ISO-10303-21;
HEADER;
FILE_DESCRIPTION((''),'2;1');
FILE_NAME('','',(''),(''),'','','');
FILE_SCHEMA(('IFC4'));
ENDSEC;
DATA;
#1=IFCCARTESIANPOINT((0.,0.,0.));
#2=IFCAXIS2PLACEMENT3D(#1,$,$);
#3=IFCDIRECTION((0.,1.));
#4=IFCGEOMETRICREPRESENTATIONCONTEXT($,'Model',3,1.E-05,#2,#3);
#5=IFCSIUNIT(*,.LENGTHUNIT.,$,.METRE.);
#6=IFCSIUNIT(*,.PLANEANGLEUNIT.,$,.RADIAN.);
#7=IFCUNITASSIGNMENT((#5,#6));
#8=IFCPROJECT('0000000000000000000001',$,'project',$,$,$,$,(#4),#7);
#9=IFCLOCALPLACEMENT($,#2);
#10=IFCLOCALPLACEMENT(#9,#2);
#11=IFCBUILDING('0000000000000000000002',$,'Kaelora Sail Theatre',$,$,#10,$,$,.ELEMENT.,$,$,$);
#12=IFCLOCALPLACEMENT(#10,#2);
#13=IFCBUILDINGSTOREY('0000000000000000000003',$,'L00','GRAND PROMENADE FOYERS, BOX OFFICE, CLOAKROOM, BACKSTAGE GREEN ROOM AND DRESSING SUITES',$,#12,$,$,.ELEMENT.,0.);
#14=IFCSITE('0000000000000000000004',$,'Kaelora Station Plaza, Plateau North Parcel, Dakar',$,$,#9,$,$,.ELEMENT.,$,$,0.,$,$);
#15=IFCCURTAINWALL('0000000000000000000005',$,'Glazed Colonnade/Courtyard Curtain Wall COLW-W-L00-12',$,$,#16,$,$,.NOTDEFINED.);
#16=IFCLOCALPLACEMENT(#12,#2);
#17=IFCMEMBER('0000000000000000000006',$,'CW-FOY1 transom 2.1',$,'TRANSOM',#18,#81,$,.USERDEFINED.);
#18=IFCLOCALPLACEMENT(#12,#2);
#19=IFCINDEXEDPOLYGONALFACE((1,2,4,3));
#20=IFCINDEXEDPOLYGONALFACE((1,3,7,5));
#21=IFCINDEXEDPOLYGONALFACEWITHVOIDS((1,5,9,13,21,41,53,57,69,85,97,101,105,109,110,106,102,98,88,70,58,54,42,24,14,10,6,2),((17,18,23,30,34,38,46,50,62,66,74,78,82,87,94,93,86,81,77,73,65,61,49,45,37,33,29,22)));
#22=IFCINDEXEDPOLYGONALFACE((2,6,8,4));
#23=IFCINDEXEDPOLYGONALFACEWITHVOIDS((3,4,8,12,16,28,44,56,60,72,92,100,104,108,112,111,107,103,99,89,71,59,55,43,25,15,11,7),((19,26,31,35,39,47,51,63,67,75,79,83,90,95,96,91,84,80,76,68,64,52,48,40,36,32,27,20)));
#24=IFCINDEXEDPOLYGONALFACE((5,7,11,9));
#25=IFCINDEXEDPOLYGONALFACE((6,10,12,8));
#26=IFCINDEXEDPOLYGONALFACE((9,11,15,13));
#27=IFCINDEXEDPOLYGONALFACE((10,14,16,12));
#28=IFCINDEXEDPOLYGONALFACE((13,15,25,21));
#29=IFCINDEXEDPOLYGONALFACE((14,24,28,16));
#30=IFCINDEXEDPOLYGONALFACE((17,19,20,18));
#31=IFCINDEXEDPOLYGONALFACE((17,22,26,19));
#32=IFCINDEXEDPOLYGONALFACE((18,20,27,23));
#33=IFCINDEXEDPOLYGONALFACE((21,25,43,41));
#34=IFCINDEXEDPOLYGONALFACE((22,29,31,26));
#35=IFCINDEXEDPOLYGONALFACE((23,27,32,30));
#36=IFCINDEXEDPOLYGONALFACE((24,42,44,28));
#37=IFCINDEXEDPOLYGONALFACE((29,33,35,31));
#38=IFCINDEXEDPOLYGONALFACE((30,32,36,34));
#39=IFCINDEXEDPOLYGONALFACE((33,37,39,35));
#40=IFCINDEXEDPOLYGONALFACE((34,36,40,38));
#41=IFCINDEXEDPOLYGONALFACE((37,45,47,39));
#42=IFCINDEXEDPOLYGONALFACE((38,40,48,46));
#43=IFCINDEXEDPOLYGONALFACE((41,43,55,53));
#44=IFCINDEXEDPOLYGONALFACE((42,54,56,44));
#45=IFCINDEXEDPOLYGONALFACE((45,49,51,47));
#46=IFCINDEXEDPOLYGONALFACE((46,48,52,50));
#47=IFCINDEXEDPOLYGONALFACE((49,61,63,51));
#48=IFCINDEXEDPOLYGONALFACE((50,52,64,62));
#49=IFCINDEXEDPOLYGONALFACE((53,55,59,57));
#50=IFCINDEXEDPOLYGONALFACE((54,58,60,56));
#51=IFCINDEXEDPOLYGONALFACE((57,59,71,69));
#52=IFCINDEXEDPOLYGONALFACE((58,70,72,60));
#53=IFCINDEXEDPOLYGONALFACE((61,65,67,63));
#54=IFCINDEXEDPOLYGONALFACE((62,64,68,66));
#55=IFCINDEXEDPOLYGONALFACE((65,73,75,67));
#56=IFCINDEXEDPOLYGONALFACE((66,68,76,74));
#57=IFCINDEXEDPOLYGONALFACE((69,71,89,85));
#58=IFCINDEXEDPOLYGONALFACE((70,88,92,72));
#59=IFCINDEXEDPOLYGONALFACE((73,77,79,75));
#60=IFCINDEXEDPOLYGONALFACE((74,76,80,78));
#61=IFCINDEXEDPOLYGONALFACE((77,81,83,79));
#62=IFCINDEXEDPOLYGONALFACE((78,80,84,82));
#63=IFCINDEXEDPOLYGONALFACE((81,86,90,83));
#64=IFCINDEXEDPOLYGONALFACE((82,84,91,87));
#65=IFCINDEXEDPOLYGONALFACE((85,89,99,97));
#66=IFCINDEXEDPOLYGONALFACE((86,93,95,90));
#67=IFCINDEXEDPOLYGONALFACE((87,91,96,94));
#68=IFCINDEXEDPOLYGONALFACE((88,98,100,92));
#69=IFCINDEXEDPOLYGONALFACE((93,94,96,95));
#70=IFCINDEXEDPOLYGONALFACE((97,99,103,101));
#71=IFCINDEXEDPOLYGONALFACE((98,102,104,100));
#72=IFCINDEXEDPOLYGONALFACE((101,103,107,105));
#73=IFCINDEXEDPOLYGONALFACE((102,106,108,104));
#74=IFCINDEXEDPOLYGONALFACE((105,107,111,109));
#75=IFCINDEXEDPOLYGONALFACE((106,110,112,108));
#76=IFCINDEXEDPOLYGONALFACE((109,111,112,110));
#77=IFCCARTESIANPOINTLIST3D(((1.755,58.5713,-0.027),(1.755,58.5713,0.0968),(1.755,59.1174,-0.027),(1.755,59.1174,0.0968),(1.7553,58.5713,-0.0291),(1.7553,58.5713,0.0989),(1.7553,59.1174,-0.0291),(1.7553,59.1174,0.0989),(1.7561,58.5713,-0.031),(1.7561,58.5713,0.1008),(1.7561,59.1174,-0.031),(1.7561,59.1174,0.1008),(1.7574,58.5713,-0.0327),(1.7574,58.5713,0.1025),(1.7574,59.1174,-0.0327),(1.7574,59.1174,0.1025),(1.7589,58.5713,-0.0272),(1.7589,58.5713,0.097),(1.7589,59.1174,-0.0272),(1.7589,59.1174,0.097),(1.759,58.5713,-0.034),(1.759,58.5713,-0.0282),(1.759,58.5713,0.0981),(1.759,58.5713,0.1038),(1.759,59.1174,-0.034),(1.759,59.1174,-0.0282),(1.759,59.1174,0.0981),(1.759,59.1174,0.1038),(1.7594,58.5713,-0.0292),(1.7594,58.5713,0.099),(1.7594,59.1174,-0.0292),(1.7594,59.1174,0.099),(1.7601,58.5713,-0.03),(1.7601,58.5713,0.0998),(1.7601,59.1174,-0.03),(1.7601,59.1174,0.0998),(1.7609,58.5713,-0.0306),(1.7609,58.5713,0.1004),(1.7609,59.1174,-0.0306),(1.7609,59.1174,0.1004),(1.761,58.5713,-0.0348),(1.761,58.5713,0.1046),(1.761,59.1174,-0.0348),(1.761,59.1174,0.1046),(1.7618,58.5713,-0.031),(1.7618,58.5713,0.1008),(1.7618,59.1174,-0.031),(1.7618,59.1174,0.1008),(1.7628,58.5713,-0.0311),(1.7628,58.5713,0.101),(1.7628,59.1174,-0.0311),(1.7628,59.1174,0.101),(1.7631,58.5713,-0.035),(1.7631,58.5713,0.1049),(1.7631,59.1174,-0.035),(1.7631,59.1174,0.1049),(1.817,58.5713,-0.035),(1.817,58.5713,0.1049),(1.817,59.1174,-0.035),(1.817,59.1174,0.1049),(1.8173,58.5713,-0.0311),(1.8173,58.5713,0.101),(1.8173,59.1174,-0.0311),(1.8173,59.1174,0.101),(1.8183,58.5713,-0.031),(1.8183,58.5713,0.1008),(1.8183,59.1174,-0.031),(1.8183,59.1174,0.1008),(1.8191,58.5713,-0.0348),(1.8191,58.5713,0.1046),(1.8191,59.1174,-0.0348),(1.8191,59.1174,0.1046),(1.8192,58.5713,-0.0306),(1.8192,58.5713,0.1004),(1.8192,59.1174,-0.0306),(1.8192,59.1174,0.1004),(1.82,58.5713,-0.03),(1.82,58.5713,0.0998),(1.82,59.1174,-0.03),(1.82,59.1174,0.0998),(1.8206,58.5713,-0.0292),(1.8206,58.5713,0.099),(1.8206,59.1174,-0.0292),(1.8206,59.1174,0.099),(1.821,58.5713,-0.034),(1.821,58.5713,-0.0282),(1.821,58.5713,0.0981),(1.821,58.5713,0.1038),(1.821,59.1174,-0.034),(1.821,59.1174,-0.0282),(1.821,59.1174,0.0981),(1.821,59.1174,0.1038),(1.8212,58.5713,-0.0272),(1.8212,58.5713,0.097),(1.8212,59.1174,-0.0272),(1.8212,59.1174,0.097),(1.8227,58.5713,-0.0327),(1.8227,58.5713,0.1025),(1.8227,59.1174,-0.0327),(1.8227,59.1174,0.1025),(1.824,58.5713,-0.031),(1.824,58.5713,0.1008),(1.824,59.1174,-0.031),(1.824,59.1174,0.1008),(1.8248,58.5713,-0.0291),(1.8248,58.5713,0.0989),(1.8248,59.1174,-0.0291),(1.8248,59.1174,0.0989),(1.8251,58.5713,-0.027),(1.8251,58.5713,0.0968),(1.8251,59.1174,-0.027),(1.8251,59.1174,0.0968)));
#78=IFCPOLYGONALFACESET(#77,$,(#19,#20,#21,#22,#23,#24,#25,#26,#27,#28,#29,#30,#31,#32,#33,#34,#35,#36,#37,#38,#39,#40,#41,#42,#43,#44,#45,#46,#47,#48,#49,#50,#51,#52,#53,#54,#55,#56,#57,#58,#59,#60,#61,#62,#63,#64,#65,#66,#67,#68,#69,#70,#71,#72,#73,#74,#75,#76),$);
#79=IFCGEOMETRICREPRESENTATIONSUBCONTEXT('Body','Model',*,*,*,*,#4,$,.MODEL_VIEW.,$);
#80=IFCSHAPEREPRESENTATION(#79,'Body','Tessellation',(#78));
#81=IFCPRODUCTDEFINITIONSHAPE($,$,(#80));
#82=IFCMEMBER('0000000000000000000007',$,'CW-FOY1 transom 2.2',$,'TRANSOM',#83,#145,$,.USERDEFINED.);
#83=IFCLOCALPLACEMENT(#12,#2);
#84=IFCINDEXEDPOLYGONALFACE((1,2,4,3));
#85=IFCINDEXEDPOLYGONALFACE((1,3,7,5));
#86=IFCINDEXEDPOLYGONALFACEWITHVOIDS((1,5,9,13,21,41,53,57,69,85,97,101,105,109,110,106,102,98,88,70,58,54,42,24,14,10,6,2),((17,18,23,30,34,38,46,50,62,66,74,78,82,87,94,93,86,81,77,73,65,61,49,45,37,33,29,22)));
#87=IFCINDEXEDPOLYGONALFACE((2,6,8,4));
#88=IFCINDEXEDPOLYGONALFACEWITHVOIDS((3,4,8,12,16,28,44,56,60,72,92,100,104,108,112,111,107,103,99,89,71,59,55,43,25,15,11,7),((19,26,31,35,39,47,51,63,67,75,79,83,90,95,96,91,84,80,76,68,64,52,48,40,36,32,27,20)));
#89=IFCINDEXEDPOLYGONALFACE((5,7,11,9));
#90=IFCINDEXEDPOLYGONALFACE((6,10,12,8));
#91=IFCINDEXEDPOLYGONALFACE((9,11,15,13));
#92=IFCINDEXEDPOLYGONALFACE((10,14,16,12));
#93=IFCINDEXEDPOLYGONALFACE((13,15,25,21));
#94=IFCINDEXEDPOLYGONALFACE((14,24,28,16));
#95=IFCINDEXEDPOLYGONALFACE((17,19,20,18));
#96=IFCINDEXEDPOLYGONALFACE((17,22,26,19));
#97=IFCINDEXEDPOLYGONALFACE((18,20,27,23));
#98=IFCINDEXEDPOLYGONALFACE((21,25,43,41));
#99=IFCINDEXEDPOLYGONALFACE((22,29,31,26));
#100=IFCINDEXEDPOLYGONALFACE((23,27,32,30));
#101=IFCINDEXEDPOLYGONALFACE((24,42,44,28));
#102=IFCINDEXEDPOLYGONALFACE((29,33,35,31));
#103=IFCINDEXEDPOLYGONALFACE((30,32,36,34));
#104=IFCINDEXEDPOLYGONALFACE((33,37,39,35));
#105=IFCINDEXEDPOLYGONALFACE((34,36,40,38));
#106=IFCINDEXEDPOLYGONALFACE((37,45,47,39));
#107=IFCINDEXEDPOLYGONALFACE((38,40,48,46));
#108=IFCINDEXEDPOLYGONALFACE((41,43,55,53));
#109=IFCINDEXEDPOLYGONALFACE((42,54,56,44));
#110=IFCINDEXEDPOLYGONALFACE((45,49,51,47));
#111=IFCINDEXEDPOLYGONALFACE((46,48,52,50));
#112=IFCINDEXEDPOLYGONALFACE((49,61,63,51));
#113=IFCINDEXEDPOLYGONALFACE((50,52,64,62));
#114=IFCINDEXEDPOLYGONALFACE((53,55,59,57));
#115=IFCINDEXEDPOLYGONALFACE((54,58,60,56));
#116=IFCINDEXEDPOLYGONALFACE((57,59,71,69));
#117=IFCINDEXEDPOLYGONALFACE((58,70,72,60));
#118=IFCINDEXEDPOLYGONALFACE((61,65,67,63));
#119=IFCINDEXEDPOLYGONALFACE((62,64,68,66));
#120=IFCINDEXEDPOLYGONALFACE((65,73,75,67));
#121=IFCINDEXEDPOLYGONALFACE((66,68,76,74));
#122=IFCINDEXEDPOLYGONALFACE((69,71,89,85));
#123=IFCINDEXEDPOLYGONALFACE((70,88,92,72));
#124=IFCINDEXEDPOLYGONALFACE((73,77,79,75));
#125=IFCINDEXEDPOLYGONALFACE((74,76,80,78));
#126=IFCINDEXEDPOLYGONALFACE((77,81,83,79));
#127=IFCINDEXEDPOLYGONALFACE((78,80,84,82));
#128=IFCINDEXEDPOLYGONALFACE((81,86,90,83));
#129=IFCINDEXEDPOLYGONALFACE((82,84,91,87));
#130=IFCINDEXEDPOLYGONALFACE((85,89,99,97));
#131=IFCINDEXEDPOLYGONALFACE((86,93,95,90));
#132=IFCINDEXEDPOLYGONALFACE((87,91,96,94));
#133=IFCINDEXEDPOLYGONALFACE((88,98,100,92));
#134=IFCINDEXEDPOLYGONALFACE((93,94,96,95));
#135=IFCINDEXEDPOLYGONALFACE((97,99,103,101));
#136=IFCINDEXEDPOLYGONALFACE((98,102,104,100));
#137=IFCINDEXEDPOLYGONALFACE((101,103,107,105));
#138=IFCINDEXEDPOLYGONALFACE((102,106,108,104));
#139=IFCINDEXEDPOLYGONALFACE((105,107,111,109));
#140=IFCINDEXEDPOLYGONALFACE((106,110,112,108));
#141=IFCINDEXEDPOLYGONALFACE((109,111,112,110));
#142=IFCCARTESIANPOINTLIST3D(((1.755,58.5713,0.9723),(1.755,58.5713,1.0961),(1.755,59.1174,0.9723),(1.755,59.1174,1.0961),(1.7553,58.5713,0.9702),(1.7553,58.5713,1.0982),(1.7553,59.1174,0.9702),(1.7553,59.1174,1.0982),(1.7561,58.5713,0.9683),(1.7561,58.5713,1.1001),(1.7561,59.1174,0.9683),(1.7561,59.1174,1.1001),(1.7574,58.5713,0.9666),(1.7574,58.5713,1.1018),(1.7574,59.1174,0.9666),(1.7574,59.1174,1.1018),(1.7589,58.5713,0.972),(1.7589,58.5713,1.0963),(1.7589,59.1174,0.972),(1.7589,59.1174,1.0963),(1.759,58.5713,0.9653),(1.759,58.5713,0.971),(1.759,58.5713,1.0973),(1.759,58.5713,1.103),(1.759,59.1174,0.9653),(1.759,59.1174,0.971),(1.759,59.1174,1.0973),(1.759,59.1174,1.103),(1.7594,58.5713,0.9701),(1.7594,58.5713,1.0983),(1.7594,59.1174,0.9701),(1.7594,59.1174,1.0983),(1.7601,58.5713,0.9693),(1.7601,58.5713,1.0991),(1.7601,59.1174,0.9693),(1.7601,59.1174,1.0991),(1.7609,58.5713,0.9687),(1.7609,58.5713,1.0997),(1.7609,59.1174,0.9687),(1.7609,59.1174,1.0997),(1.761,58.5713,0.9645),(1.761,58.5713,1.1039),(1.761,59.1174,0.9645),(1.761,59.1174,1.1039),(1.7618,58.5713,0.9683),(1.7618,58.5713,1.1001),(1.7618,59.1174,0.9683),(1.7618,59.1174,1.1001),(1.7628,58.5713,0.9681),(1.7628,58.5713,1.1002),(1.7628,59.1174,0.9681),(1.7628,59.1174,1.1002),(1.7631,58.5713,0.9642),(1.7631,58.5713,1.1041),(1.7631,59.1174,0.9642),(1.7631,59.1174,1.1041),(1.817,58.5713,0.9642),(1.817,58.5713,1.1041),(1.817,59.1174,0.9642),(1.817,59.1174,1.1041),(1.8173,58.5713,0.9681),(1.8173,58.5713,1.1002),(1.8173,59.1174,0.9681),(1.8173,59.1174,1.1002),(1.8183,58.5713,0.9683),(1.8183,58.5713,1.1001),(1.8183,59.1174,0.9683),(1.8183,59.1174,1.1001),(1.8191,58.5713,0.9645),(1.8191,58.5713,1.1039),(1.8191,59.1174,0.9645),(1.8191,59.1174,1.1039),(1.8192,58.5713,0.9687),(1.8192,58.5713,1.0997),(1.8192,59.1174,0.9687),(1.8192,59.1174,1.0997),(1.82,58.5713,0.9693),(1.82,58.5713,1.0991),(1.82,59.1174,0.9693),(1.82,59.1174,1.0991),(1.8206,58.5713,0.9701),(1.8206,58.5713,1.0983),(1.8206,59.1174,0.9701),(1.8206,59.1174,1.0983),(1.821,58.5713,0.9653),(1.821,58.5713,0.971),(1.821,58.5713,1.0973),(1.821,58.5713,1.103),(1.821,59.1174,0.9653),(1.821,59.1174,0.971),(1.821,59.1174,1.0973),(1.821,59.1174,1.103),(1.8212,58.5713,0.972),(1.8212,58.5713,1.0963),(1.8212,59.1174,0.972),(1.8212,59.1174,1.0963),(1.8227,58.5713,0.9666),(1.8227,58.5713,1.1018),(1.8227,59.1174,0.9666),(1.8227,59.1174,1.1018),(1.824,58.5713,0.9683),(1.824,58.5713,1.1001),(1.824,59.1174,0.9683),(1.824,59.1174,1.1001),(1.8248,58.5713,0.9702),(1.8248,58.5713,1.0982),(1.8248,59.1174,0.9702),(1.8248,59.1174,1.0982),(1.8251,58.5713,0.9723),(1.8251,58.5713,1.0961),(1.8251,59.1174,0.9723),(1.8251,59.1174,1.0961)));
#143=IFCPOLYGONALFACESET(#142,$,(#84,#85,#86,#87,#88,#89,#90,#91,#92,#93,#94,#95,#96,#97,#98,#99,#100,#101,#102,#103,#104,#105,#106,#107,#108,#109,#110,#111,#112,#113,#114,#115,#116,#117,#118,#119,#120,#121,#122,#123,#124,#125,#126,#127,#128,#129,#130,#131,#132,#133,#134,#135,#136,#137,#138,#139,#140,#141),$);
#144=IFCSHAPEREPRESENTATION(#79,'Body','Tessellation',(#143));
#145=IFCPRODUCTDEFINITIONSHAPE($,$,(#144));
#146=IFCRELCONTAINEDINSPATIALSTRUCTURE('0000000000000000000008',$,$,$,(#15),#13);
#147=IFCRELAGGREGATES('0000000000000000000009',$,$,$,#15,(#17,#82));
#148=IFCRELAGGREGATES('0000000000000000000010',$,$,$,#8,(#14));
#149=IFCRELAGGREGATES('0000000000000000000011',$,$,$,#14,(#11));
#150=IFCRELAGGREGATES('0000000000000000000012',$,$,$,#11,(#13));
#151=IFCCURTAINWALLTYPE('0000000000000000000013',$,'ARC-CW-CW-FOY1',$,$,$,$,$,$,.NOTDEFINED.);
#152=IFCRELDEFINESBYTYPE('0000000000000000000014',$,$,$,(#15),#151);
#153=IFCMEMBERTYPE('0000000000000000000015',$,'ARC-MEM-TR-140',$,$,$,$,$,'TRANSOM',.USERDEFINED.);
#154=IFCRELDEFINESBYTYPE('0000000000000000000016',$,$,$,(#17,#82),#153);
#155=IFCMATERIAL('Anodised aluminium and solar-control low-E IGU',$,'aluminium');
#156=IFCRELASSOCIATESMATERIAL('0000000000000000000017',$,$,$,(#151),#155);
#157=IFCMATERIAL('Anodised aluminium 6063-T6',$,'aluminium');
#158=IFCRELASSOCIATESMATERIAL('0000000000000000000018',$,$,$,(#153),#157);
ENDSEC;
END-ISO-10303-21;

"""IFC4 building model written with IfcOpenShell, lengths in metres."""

from ifc_helpers import new_model, si_unit, direction, frame, origin, origin_2d, place, context, subcontext, project, spatial, hollow_rectangle, extrude, material, material_profile, profile_set, type_object, element, aggregate, save


model = new_model("IFC4")

# Units and contexts
model_context = context("Model", 3, precision=1e-05, world=origin(), true_north=direction((0.0, 1.0)))
body_context = subcontext(model_context, "Body", "Model", "MODEL_VIEW")
ifc_project = project(units=[si_unit("LENGTHUNIT", "METRE"), si_unit("PLANEANGLEUNIT", "RADIAN")], contexts=[model_context])

# Site, building, storey
site_placement = place(None, origin())
site = spatial("IfcSite", under=ifc_project, at=site_placement, Name="Kaelora Station Plaza, Plateau North Parcel, Dakar", CompositionType="ELEMENT", RefElevation=0.0)
building_placement = place(site_placement, origin())
building = spatial("IfcBuilding", under=site, at=building_placement, Name="Kaelora Sail Theatre", CompositionType="ELEMENT")
storey_placement = place(building_placement, origin())
storey = spatial("IfcBuildingStorey", under=building, at=storey_placement, Name="L00", Description="GRAND PROMENADE FOYERS, BOX OFFICE, CLOAKROOM, BACKSTAGE GREEN ROOM AND DRESSING SUITES", CompositionType="ELEMENT", Elevation=0.0)

# Shared definitions
ifc_material_1 = material(Name="Anodised aluminium and solar-control low-E IGU", Category="aluminium")
curtain_wall_type = type_object("IfcCurtainWallType", Name="ARC-CW-CW-FOY1", PredefinedType="NOTDEFINED", material=ifc_material_1)

# Curtain wall, members
curtain_wall_1_placement = place(storey_placement, origin())
curtain_wall_1 = element("IfcCurtainWall", 1, at=curtain_wall_1_placement, inside=storey, type_object=curtain_wall_type, Name="Glazed Colonnade/Courtyard Curtain Wall COLW-W-L00-12", PredefinedType="NOTDEFINED")
ifc_material_2 = material(Name="Anodised aluminium 6063-T6", Category="aluminium")
ifc_material_profile_1 = material_profile(ifc_material_2, hollow_rectangle(XDim=0.0701, YDim=0.1399, WallThickness=0.0039, InnerFilletRadius=0.0039, OuterFilletRadius=0.0081, at=origin_2d()), Name="ALU-TRAN 70x140x4")
ifc_profile_set_1 = profile_set([ifc_material_profile_1], Name="Anodised aluminium 6063-T6")
member_type_1 = type_object("IfcMemberType", Name="ARC-MEM-TR-140", ElementType="TRANSOM", PredefinedType="USERDEFINED", material=ifc_profile_set_1)
member_1_placement = place(storey_placement, frame((1.79, 58.5713, 0.0349), z_axis=(0.0, 1.0, 0.0), x_axis=(-1.0, 0.0, 0.0)))
member_1 = element("IfcMember", 2, at=member_1_placement, type_object=member_type_1, Name="CW-FOY1 transom 2.1", ObjectType="TRANSOM", PredefinedType="USERDEFINED", context=body_context, shape_type="SweptSolid", body=[
    extrude(hollow_rectangle(XDim=0.0701, YDim=0.1399, WallThickness=0.0039, InnerFilletRadius=0.0039, OuterFilletRadius=0.0081, at=origin_2d()), origin(), (0.0, 0.0, 1.0), 0.5461),
])
member_2_placement = place(storey_placement, frame((1.79, 58.5713, 1.0342), z_axis=(0.0, 1.0, 0.0), x_axis=(-1.0, 0.0, 0.0)))
member_2 = element("IfcMember", 3, at=member_2_placement, type_object=member_type_1, Name="CW-FOY1 transom 2.2", ObjectType="TRANSOM", PredefinedType="USERDEFINED", context=body_context, shape_type="SweptSolid", body=[
    extrude(hollow_rectangle(XDim=0.0701, YDim=0.1399, WallThickness=0.0039, InnerFilletRadius=0.0039, OuterFilletRadius=0.0081, at=origin_2d()), origin(), (0.0, 0.0, 1.0), 0.5461),
])

aggregate(curtain_wall_1, [member_1, member_2])

save(model, "model.ifc")
